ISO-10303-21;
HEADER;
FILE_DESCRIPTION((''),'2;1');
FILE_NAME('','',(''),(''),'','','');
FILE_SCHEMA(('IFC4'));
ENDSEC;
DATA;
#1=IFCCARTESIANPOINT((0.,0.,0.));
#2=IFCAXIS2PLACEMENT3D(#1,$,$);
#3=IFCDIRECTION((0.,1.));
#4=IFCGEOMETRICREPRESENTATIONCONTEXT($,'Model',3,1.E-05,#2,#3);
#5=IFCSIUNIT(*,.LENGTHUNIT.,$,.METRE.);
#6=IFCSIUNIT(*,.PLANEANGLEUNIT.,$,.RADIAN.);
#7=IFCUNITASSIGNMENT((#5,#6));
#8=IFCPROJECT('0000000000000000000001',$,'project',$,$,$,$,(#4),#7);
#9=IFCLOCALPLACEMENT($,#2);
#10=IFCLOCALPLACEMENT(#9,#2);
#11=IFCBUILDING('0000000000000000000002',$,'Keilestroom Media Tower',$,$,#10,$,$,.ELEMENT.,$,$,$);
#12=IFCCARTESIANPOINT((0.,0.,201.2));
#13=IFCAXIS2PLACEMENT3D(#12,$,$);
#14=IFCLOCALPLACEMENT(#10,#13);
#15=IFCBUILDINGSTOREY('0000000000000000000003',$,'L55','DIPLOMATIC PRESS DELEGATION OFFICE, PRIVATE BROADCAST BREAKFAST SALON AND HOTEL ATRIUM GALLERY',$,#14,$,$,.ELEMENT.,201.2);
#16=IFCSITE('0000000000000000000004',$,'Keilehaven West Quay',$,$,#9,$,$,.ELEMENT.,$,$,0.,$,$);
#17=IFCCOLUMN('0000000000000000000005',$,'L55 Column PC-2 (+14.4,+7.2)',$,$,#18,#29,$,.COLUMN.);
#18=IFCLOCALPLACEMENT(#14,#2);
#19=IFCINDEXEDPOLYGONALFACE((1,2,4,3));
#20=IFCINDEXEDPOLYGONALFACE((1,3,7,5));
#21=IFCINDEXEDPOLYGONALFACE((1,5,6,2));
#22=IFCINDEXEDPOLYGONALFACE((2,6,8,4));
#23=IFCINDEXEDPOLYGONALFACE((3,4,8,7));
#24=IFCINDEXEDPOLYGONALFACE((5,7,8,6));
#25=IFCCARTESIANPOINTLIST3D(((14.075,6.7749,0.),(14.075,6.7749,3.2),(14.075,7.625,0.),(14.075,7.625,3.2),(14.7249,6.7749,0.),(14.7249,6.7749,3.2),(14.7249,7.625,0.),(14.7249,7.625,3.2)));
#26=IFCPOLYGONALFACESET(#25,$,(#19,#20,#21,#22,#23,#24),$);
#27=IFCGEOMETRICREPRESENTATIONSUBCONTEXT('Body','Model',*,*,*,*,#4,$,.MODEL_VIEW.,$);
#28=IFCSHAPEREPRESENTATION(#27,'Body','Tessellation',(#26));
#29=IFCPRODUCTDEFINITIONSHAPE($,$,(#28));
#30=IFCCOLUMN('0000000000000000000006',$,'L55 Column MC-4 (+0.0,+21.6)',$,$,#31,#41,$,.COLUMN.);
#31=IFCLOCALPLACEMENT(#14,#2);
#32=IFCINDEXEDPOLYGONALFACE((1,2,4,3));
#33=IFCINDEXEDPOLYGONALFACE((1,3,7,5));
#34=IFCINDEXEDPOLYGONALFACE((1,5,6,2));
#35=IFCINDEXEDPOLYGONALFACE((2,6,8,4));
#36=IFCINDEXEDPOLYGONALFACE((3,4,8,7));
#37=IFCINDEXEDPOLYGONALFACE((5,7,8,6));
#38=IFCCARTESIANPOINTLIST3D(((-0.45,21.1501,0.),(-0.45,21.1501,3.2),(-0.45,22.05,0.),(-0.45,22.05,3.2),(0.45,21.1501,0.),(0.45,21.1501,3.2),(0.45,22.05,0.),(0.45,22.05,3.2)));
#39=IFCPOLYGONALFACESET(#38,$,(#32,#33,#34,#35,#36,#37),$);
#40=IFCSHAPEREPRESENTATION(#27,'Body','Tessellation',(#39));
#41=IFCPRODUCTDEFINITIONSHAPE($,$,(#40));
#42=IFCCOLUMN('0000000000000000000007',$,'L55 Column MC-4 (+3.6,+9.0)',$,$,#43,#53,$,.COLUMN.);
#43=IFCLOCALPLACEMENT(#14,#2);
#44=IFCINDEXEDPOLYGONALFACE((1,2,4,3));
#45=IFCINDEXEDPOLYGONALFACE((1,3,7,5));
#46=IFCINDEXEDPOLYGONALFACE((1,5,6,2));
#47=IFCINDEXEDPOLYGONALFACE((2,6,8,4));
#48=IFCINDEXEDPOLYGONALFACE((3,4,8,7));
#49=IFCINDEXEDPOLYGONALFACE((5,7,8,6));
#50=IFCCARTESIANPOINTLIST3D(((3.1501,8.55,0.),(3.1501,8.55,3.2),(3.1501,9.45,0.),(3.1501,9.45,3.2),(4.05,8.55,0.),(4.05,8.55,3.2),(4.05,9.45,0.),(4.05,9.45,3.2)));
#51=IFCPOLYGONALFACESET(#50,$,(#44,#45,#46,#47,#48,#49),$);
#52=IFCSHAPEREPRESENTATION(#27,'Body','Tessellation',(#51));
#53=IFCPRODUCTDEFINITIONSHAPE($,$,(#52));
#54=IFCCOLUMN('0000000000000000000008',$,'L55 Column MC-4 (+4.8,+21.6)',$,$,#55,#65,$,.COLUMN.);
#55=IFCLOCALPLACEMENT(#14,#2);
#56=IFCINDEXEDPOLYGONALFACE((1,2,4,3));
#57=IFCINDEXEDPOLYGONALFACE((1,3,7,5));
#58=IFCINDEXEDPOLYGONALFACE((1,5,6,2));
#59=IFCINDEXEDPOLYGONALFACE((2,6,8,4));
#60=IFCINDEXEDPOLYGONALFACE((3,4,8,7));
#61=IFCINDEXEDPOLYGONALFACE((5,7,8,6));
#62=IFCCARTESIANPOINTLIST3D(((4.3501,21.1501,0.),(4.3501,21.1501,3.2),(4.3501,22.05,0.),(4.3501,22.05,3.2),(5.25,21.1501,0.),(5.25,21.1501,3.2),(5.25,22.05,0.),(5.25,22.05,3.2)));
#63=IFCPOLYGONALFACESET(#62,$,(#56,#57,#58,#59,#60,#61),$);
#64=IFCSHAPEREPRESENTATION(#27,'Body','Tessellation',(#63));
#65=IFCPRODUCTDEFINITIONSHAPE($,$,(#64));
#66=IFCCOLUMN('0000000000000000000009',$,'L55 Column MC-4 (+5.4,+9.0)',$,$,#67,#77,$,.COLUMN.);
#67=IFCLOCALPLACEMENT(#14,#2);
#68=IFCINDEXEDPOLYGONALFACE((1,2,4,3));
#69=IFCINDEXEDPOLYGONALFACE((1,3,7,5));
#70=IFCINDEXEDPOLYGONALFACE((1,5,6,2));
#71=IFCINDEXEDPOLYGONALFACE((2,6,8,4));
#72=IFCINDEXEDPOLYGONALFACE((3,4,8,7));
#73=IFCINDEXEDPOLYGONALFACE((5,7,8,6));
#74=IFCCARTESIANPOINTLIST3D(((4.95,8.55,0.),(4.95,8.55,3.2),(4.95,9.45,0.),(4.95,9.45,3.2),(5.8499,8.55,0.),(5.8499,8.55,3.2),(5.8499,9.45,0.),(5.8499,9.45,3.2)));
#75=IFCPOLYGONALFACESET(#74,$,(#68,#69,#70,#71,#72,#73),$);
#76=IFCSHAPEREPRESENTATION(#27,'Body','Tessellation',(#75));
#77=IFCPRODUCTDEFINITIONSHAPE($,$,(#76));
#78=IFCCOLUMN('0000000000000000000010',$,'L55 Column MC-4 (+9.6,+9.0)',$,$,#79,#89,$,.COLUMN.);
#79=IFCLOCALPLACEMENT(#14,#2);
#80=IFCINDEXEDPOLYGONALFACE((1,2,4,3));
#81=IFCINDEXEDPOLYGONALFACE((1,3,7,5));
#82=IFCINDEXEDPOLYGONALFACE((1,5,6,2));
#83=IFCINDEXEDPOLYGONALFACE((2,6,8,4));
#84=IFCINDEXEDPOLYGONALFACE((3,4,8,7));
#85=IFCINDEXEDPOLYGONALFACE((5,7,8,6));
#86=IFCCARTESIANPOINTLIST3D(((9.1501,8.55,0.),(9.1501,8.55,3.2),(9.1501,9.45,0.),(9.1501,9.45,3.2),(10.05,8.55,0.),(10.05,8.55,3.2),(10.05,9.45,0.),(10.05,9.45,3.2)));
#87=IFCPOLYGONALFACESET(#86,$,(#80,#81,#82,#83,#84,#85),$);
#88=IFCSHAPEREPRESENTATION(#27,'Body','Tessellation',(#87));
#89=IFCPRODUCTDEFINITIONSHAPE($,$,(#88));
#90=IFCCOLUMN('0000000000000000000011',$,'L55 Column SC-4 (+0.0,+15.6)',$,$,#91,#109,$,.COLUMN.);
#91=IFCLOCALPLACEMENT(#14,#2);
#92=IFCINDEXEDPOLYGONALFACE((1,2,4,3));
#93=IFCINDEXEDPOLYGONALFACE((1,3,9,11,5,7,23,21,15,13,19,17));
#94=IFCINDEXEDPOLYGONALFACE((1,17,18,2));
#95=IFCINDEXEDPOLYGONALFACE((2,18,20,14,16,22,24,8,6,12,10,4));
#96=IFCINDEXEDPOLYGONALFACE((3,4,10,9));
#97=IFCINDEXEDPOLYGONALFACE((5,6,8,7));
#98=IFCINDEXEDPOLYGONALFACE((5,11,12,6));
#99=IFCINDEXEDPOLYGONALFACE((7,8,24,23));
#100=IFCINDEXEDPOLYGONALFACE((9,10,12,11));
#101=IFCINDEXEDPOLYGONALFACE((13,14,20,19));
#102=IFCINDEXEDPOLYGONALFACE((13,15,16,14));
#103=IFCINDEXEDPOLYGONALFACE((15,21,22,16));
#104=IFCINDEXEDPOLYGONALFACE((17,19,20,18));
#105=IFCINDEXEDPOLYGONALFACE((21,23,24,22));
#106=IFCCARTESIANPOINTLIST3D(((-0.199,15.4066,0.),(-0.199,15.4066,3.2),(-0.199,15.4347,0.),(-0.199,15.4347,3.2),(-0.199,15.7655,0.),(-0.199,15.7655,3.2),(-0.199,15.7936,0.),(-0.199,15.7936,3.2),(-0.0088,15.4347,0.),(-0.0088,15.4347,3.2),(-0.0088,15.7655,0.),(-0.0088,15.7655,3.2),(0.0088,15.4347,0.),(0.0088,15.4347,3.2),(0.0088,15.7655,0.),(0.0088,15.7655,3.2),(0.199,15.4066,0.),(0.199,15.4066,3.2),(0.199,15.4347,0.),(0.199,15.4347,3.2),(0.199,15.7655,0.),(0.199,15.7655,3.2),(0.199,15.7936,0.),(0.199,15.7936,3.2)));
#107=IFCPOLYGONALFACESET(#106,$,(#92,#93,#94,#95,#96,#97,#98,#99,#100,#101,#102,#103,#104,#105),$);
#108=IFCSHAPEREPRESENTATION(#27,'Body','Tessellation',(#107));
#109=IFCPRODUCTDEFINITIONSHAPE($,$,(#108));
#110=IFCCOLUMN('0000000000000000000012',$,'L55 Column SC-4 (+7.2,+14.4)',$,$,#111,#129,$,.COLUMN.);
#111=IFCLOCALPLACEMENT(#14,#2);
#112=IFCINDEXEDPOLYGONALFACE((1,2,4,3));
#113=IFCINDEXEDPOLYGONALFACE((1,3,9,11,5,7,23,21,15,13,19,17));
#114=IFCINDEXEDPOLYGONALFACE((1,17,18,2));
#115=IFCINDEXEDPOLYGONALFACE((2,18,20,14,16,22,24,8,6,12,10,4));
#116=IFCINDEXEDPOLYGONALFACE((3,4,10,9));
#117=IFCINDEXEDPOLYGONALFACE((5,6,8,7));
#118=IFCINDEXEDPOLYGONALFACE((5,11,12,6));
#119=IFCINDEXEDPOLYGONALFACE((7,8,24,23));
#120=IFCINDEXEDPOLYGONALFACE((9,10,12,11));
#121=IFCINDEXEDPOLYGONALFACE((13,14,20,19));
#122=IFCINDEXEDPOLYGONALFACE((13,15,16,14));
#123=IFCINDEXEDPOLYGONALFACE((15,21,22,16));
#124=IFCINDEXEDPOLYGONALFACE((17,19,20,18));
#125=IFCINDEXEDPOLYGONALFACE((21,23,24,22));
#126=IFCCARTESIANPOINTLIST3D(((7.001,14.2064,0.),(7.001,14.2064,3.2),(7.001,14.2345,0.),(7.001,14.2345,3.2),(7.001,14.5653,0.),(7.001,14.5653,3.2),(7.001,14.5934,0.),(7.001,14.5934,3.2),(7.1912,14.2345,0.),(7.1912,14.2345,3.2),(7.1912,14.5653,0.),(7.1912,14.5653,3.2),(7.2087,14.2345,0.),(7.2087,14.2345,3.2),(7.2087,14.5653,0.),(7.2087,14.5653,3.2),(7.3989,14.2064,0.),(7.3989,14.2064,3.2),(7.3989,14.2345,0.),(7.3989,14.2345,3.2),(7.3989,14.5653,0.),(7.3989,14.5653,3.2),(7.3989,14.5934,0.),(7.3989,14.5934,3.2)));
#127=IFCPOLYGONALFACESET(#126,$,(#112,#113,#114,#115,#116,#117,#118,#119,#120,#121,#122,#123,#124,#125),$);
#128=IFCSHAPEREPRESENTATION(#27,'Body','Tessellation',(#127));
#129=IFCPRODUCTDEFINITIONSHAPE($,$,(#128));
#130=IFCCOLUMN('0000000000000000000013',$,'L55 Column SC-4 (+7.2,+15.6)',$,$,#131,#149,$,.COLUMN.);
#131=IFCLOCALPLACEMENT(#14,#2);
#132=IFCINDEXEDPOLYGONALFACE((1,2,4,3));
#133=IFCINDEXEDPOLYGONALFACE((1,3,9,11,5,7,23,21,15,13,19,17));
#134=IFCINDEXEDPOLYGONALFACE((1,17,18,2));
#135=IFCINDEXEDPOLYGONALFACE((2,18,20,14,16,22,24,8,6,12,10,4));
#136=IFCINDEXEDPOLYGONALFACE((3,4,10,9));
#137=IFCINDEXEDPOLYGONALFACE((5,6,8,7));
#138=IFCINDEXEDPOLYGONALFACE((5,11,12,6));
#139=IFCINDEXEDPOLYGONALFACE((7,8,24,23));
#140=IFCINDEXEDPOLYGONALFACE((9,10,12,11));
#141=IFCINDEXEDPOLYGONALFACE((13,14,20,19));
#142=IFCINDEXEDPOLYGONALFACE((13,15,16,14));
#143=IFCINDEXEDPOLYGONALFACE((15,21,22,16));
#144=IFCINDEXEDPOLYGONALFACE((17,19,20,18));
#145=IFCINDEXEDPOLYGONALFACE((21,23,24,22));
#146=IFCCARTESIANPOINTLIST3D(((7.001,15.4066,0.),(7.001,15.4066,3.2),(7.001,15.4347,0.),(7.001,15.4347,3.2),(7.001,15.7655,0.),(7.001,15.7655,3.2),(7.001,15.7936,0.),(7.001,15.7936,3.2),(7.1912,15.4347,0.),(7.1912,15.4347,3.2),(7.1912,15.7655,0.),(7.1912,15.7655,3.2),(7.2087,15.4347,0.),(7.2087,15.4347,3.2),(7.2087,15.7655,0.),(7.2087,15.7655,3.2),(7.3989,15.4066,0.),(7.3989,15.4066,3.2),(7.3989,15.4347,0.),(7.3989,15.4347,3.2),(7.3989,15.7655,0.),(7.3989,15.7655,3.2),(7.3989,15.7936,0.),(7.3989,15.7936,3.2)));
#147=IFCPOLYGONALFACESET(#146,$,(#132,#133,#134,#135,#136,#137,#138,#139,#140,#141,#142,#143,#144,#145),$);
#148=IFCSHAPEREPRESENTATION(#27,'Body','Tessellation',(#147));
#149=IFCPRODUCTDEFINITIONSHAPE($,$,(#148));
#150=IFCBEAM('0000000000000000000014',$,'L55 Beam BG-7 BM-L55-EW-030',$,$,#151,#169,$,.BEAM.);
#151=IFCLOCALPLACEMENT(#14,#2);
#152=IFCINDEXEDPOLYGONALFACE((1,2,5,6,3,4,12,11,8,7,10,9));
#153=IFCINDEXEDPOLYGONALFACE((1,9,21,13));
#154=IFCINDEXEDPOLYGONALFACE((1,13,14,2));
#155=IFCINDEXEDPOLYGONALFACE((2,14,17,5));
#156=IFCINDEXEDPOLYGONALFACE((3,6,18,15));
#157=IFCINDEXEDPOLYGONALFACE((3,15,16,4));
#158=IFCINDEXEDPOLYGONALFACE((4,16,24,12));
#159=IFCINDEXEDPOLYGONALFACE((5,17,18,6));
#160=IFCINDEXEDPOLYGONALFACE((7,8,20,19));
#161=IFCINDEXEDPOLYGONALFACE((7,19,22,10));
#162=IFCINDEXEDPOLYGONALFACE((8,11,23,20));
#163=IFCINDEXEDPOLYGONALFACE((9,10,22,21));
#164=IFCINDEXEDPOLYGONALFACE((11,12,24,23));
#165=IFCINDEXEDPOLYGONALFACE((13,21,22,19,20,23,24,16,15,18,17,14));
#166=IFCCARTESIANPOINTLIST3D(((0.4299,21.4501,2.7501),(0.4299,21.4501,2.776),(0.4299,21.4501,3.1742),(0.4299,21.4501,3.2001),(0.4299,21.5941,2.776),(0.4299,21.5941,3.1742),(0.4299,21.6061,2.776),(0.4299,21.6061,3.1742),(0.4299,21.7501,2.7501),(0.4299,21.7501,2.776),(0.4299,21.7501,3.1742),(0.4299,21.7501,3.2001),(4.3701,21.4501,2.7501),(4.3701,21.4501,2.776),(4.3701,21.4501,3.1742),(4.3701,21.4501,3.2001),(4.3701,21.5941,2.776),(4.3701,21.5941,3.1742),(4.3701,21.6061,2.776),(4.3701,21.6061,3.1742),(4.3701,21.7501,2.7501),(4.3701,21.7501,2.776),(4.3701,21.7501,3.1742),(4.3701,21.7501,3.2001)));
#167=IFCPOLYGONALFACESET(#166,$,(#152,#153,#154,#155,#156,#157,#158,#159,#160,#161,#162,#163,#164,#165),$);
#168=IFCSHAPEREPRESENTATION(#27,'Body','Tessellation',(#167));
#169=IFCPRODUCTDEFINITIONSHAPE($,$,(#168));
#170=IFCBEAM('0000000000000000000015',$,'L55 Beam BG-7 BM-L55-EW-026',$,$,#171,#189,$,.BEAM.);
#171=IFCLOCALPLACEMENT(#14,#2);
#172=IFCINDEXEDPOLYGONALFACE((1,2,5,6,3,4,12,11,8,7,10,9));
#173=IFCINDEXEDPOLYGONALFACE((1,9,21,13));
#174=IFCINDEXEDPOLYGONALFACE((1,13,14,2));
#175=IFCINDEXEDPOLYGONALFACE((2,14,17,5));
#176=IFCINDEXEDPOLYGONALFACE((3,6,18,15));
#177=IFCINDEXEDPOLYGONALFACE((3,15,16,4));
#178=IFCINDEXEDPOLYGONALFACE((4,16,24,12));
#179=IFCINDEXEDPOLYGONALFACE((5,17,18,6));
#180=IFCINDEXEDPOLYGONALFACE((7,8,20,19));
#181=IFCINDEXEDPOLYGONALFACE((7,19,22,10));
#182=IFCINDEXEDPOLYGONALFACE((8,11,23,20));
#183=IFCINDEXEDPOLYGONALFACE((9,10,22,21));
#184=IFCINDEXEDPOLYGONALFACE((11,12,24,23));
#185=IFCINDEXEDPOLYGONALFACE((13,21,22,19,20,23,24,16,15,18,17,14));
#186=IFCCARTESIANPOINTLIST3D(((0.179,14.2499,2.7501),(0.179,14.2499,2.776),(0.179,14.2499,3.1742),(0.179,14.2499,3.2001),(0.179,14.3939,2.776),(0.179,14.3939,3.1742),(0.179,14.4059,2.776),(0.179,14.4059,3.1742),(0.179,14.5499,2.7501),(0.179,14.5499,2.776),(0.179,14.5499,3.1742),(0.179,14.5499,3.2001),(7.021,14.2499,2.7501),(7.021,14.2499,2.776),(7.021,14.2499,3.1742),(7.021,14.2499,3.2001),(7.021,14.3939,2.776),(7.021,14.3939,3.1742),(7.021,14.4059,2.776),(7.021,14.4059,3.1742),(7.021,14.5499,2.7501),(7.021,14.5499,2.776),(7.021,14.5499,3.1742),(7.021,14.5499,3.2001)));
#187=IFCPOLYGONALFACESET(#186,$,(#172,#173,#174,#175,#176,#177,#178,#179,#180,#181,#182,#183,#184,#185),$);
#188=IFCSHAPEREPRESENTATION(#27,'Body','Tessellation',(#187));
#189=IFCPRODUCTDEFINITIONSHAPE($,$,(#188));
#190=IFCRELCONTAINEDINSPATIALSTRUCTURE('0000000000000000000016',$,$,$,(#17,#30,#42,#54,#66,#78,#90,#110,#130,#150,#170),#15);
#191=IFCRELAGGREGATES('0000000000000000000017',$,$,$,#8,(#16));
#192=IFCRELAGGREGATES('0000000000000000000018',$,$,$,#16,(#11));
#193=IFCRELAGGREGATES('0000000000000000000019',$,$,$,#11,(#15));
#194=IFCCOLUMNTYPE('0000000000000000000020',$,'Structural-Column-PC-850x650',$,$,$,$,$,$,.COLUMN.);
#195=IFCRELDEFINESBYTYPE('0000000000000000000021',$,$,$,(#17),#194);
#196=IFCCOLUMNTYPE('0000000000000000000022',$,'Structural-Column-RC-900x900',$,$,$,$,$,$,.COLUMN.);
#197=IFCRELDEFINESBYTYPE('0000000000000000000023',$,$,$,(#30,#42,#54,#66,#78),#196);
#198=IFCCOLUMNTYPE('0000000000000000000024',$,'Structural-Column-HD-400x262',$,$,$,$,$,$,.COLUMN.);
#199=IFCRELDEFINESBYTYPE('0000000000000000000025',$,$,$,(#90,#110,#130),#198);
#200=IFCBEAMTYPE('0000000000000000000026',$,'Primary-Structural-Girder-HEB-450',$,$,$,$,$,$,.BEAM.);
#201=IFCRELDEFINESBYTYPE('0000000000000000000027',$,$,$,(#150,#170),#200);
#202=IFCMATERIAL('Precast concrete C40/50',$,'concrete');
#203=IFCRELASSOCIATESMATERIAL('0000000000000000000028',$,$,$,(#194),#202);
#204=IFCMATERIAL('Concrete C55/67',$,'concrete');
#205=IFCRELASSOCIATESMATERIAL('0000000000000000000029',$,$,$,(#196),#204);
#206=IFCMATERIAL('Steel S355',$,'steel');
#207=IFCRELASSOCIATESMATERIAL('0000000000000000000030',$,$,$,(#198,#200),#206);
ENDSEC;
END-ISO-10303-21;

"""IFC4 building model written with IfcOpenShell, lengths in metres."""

from ifc_helpers import new_model, si_unit, direction, frame, origin, origin_2d, place, context, subcontext, project, spatial, rectangle, i_section, extrude, source, transform, mapped, material, material_profile, profile_set, type_object, element, save


model = new_model("IFC4")

# Units and contexts
model_context = context("Model", 3, precision=1e-05, world=origin(), true_north=direction((0.0, 1.0)))
body_context = subcontext(model_context, "Body", "Model", "MODEL_VIEW")
ifc_project = project(units=[si_unit("LENGTHUNIT", "METRE"), si_unit("PLANEANGLEUNIT", "RADIAN")], contexts=[model_context])

# Site, building, storey
site_placement = place(None, origin())
site = spatial("IfcSite", under=ifc_project, at=site_placement, Name="Keilehaven West Quay", CompositionType="ELEMENT", RefElevation=0.0)
building_placement = place(site_placement, origin())
building = spatial("IfcBuilding", under=site, at=building_placement, Name="Keilestroom Media Tower", CompositionType="ELEMENT")
storey_placement = place(building_placement, frame((0.0, 0.0, 201.2)))
storey = spatial("IfcBuildingStorey", under=building, at=storey_placement, Name="L55", Description="DIPLOMATIC PRESS DELEGATION OFFICE, PRIVATE BROADCAST BREAKFAST SALON AND HOTEL ATRIUM GALLERY", CompositionType="ELEMENT", Elevation=201.2)

# Columns
ifc_material_1 = material(Name="Precast concrete C40/50", Category="concrete")
ifc_material_profile_1 = material_profile(ifc_material_1, rectangle(XDim=0.6499, YDim=0.8501, at=origin_2d()), Name="PC 850x650")
ifc_profile_set_1 = profile_set([ifc_material_profile_1], Name="Precast concrete C40/50")
column_type_1 = type_object("IfcColumnType", Name="Structural-Column-PC-850x650", PredefinedType="COLUMN", material=ifc_profile_set_1)
shared_shape_1 = source(origin(), body_context, "Body", "SweptSolid", [
    extrude(rectangle(XDim=0.6499, YDim=0.8501, at=origin_2d()), origin(), (0.0, 0.0, 1.0), 3.2),
])
column_placement = place(storey_placement, frame((14.3999, 7.2, 0.0), z_axis=(0.0, 0.0, 1.0), x_axis=(1.0, 0.0, 0.0)))
element("IfcColumn", 1, at=column_placement, inside=storey, type_object=column_type_1, Name="L55 Column PC-2 (+14.4,+7.2)", PredefinedType="COLUMN", context=body_context, shape_type="MappedRepresentation", body=[
    mapped(shared_shape_1, transform((0.0, 0.0, 0.0), x_axis=(1.0, 0.0, 0.0), y_axis=(0.0, 1.0, 0.0), z_axis=(0.0, 0.0, 1.0), scale=1.0)),
])
ifc_material_2 = material(Name="Concrete C55/67", Category="concrete")
ifc_material_profile_2 = material_profile(ifc_material_2, rectangle(XDim=0.8999, YDim=0.8999, at=origin_2d()), Name="RC 900x900")
ifc_profile_set_2 = profile_set([ifc_material_profile_2], Name="Concrete C55/67")
column_type_2 = type_object("IfcColumnType", Name="Structural-Column-RC-900x900", PredefinedType="COLUMN", material=ifc_profile_set_2)
shared_shape_2 = source(origin(), body_context, "Body", "SweptSolid", [
    extrude(rectangle(XDim=0.8999, YDim=0.8999, at=origin_2d()), origin(), (0.0, 0.0, 1.0), 3.2),
])
for number, where, z_axis, x_axis, name in (
    (2, (0.0, 21.6001, 0.0), (0.0, 0.0, 1.0), (1.0, 0.0, 0.0), "L55 Column MC-4 (+0.0,+21.6)"),
    (3, (3.6001, 9.0, 0.0), (0.0, 0.0, 1.0), (1.0, 0.0, 0.0), "L55 Column MC-4 (+3.6,+9.0)"),
    (4, (4.8, 21.6001, 0.0), (0.0, 0.0, 1.0), (1.0, 0.0, 0.0), "L55 Column MC-4 (+4.8,+21.6)"),
    (5, (5.3999, 9.0, 0.0), (0.0, 0.0, 1.0), (1.0, 0.0, 0.0), "L55 Column MC-4 (+5.4,+9.0)"),
    (6, (9.6001, 9.0, 0.0), (0.0, 0.0, 1.0), (1.0, 0.0, 0.0), "L55 Column MC-4 (+9.6,+9.0)"),
):
    element("IfcColumn", number, at=place(storey_placement, frame(where, z_axis=z_axis, x_axis=x_axis)), inside=storey, type_object=column_type_2, Name=name, PredefinedType="COLUMN", context=body_context, shape_type="MappedRepresentation", body=[
        mapped(shared_shape_2, transform((0.0, 0.0, 0.0), x_axis=(1.0, 0.0, 0.0), y_axis=(0.0, 1.0, 0.0), z_axis=(0.0, 0.0, 1.0), scale=1.0)),
    ])
ifc_material_3 = material(Name="Steel S355", Category="steel")
ifc_material_profile_3 = material_profile(ifc_material_3, i_section(OverallWidth=0.3979, OverallDepth=0.387, WebThickness=0.0176, FlangeThickness=0.0281, at=origin_2d()), Name="HD 400x262")
ifc_profile_set_3 = profile_set([ifc_material_profile_3], Name="Steel S355")
column_type_3 = type_object("IfcColumnType", Name="Structural-Column-HD-400x262", PredefinedType="COLUMN", material=ifc_profile_set_3)
shared_shape_3 = source(origin(), body_context, "Body", "SweptSolid", [
    extrude(i_section(OverallWidth=0.3979, OverallDepth=0.387, WebThickness=0.0176, FlangeThickness=0.0281, at=origin_2d()), origin(), (0.0, 0.0, 1.0), 3.2),
])
for number, where, z_axis, x_axis, name in (
    (7, (0.0, 15.6001, 0.0), (0.0, 0.0, 1.0), (1.0, 0.0, 0.0), "L55 Column SC-4 (+0.0,+15.6)"),
    (8, (7.2, 14.3999, 0.0), (0.0, 0.0, 1.0), (1.0, 0.0, 0.0), "L55 Column SC-4 (+7.2,+14.4)"),
    (9, (7.2, 15.6001, 0.0), (0.0, 0.0, 1.0), (1.0, 0.0, 0.0), "L55 Column SC-4 (+7.2,+15.6)"),
):
    element("IfcColumn", number, at=place(storey_placement, frame(where, z_axis=z_axis, x_axis=x_axis)), inside=storey, type_object=column_type_3, Name=name, PredefinedType="COLUMN", context=body_context, shape_type="MappedRepresentation", body=[
        mapped(shared_shape_3, transform((0.0, 0.0, 0.0), x_axis=(1.0, 0.0, 0.0), y_axis=(0.0, 1.0, 0.0), z_axis=(0.0, 0.0, 1.0), scale=1.0)),
    ])

# Beams
ifc_material_profile_4 = material_profile(ifc_material_3, i_section(OverallWidth=0.3, OverallDepth=0.45, WebThickness=0.012, FlangeThickness=0.0259, at=origin_2d()), Name="HEB 450")
ifc_profile_set_4 = profile_set([ifc_material_profile_4], Name="Steel S355")
beam_type_1 = type_object("IfcBeamType", Name="Primary-Structural-Girder-HEB-450", PredefinedType="BEAM", material=ifc_profile_set_4)
shared_shape_4 = source(origin(), body_context, "Body", "SweptSolid", [
    extrude(i_section(OverallWidth=0.3, OverallDepth=0.45, WebThickness=0.012, FlangeThickness=0.0259, at=origin_2d()), origin(), (0.0, 0.0, 1.0), 3.9402),
])
beam_1_placement = place(storey_placement, frame((0.4299, 21.6001, 2.9751), z_axis=(1.0, 0.0, 0.0), x_axis=(0.0, 1.0, 0.0)))
element("IfcBeam", 10, at=beam_1_placement, inside=storey, type_object=beam_type_1, Name="L55 Beam BG-7 BM-L55-EW-030", PredefinedType="BEAM", context=body_context, shape_type="MappedRepresentation", body=[
    mapped(shared_shape_4, transform((0.0, 0.0, 0.0), x_axis=(1.0, 0.0, 0.0), y_axis=(0.0, 1.0, 0.0), z_axis=(0.0, 0.0, 1.0), scale=1.0)),
])
shared_shape_5 = source(origin(), body_context, "Body", "SweptSolid", [
    extrude(i_section(OverallWidth=0.3, OverallDepth=0.45, WebThickness=0.012, FlangeThickness=0.0259, at=origin_2d()), origin(), (0.0, 0.0, 1.0), 6.842),
])
for number, where, z_axis, x_axis, name in (
    (11, (0.179, 14.3999, 2.9751), (1.0, 0.0, 0.0), (0.0, 1.0, 0.0), "L55 Beam BG-7 BM-L55-EW-026"),
):
    element("IfcBeam", number, at=place(storey_placement, frame(where, z_axis=z_axis, x_axis=x_axis)), inside=storey, type_object=beam_type_1, Name=name, PredefinedType="BEAM", context=body_context, shape_type="MappedRepresentation", body=[
        mapped(shared_shape_5, transform((0.0, 0.0, 0.0), x_axis=(1.0, 0.0, 0.0), y_axis=(0.0, 1.0, 0.0), z_axis=(0.0, 0.0, 1.0), scale=1.0)),
    ])

save(model, "model.ifc")
